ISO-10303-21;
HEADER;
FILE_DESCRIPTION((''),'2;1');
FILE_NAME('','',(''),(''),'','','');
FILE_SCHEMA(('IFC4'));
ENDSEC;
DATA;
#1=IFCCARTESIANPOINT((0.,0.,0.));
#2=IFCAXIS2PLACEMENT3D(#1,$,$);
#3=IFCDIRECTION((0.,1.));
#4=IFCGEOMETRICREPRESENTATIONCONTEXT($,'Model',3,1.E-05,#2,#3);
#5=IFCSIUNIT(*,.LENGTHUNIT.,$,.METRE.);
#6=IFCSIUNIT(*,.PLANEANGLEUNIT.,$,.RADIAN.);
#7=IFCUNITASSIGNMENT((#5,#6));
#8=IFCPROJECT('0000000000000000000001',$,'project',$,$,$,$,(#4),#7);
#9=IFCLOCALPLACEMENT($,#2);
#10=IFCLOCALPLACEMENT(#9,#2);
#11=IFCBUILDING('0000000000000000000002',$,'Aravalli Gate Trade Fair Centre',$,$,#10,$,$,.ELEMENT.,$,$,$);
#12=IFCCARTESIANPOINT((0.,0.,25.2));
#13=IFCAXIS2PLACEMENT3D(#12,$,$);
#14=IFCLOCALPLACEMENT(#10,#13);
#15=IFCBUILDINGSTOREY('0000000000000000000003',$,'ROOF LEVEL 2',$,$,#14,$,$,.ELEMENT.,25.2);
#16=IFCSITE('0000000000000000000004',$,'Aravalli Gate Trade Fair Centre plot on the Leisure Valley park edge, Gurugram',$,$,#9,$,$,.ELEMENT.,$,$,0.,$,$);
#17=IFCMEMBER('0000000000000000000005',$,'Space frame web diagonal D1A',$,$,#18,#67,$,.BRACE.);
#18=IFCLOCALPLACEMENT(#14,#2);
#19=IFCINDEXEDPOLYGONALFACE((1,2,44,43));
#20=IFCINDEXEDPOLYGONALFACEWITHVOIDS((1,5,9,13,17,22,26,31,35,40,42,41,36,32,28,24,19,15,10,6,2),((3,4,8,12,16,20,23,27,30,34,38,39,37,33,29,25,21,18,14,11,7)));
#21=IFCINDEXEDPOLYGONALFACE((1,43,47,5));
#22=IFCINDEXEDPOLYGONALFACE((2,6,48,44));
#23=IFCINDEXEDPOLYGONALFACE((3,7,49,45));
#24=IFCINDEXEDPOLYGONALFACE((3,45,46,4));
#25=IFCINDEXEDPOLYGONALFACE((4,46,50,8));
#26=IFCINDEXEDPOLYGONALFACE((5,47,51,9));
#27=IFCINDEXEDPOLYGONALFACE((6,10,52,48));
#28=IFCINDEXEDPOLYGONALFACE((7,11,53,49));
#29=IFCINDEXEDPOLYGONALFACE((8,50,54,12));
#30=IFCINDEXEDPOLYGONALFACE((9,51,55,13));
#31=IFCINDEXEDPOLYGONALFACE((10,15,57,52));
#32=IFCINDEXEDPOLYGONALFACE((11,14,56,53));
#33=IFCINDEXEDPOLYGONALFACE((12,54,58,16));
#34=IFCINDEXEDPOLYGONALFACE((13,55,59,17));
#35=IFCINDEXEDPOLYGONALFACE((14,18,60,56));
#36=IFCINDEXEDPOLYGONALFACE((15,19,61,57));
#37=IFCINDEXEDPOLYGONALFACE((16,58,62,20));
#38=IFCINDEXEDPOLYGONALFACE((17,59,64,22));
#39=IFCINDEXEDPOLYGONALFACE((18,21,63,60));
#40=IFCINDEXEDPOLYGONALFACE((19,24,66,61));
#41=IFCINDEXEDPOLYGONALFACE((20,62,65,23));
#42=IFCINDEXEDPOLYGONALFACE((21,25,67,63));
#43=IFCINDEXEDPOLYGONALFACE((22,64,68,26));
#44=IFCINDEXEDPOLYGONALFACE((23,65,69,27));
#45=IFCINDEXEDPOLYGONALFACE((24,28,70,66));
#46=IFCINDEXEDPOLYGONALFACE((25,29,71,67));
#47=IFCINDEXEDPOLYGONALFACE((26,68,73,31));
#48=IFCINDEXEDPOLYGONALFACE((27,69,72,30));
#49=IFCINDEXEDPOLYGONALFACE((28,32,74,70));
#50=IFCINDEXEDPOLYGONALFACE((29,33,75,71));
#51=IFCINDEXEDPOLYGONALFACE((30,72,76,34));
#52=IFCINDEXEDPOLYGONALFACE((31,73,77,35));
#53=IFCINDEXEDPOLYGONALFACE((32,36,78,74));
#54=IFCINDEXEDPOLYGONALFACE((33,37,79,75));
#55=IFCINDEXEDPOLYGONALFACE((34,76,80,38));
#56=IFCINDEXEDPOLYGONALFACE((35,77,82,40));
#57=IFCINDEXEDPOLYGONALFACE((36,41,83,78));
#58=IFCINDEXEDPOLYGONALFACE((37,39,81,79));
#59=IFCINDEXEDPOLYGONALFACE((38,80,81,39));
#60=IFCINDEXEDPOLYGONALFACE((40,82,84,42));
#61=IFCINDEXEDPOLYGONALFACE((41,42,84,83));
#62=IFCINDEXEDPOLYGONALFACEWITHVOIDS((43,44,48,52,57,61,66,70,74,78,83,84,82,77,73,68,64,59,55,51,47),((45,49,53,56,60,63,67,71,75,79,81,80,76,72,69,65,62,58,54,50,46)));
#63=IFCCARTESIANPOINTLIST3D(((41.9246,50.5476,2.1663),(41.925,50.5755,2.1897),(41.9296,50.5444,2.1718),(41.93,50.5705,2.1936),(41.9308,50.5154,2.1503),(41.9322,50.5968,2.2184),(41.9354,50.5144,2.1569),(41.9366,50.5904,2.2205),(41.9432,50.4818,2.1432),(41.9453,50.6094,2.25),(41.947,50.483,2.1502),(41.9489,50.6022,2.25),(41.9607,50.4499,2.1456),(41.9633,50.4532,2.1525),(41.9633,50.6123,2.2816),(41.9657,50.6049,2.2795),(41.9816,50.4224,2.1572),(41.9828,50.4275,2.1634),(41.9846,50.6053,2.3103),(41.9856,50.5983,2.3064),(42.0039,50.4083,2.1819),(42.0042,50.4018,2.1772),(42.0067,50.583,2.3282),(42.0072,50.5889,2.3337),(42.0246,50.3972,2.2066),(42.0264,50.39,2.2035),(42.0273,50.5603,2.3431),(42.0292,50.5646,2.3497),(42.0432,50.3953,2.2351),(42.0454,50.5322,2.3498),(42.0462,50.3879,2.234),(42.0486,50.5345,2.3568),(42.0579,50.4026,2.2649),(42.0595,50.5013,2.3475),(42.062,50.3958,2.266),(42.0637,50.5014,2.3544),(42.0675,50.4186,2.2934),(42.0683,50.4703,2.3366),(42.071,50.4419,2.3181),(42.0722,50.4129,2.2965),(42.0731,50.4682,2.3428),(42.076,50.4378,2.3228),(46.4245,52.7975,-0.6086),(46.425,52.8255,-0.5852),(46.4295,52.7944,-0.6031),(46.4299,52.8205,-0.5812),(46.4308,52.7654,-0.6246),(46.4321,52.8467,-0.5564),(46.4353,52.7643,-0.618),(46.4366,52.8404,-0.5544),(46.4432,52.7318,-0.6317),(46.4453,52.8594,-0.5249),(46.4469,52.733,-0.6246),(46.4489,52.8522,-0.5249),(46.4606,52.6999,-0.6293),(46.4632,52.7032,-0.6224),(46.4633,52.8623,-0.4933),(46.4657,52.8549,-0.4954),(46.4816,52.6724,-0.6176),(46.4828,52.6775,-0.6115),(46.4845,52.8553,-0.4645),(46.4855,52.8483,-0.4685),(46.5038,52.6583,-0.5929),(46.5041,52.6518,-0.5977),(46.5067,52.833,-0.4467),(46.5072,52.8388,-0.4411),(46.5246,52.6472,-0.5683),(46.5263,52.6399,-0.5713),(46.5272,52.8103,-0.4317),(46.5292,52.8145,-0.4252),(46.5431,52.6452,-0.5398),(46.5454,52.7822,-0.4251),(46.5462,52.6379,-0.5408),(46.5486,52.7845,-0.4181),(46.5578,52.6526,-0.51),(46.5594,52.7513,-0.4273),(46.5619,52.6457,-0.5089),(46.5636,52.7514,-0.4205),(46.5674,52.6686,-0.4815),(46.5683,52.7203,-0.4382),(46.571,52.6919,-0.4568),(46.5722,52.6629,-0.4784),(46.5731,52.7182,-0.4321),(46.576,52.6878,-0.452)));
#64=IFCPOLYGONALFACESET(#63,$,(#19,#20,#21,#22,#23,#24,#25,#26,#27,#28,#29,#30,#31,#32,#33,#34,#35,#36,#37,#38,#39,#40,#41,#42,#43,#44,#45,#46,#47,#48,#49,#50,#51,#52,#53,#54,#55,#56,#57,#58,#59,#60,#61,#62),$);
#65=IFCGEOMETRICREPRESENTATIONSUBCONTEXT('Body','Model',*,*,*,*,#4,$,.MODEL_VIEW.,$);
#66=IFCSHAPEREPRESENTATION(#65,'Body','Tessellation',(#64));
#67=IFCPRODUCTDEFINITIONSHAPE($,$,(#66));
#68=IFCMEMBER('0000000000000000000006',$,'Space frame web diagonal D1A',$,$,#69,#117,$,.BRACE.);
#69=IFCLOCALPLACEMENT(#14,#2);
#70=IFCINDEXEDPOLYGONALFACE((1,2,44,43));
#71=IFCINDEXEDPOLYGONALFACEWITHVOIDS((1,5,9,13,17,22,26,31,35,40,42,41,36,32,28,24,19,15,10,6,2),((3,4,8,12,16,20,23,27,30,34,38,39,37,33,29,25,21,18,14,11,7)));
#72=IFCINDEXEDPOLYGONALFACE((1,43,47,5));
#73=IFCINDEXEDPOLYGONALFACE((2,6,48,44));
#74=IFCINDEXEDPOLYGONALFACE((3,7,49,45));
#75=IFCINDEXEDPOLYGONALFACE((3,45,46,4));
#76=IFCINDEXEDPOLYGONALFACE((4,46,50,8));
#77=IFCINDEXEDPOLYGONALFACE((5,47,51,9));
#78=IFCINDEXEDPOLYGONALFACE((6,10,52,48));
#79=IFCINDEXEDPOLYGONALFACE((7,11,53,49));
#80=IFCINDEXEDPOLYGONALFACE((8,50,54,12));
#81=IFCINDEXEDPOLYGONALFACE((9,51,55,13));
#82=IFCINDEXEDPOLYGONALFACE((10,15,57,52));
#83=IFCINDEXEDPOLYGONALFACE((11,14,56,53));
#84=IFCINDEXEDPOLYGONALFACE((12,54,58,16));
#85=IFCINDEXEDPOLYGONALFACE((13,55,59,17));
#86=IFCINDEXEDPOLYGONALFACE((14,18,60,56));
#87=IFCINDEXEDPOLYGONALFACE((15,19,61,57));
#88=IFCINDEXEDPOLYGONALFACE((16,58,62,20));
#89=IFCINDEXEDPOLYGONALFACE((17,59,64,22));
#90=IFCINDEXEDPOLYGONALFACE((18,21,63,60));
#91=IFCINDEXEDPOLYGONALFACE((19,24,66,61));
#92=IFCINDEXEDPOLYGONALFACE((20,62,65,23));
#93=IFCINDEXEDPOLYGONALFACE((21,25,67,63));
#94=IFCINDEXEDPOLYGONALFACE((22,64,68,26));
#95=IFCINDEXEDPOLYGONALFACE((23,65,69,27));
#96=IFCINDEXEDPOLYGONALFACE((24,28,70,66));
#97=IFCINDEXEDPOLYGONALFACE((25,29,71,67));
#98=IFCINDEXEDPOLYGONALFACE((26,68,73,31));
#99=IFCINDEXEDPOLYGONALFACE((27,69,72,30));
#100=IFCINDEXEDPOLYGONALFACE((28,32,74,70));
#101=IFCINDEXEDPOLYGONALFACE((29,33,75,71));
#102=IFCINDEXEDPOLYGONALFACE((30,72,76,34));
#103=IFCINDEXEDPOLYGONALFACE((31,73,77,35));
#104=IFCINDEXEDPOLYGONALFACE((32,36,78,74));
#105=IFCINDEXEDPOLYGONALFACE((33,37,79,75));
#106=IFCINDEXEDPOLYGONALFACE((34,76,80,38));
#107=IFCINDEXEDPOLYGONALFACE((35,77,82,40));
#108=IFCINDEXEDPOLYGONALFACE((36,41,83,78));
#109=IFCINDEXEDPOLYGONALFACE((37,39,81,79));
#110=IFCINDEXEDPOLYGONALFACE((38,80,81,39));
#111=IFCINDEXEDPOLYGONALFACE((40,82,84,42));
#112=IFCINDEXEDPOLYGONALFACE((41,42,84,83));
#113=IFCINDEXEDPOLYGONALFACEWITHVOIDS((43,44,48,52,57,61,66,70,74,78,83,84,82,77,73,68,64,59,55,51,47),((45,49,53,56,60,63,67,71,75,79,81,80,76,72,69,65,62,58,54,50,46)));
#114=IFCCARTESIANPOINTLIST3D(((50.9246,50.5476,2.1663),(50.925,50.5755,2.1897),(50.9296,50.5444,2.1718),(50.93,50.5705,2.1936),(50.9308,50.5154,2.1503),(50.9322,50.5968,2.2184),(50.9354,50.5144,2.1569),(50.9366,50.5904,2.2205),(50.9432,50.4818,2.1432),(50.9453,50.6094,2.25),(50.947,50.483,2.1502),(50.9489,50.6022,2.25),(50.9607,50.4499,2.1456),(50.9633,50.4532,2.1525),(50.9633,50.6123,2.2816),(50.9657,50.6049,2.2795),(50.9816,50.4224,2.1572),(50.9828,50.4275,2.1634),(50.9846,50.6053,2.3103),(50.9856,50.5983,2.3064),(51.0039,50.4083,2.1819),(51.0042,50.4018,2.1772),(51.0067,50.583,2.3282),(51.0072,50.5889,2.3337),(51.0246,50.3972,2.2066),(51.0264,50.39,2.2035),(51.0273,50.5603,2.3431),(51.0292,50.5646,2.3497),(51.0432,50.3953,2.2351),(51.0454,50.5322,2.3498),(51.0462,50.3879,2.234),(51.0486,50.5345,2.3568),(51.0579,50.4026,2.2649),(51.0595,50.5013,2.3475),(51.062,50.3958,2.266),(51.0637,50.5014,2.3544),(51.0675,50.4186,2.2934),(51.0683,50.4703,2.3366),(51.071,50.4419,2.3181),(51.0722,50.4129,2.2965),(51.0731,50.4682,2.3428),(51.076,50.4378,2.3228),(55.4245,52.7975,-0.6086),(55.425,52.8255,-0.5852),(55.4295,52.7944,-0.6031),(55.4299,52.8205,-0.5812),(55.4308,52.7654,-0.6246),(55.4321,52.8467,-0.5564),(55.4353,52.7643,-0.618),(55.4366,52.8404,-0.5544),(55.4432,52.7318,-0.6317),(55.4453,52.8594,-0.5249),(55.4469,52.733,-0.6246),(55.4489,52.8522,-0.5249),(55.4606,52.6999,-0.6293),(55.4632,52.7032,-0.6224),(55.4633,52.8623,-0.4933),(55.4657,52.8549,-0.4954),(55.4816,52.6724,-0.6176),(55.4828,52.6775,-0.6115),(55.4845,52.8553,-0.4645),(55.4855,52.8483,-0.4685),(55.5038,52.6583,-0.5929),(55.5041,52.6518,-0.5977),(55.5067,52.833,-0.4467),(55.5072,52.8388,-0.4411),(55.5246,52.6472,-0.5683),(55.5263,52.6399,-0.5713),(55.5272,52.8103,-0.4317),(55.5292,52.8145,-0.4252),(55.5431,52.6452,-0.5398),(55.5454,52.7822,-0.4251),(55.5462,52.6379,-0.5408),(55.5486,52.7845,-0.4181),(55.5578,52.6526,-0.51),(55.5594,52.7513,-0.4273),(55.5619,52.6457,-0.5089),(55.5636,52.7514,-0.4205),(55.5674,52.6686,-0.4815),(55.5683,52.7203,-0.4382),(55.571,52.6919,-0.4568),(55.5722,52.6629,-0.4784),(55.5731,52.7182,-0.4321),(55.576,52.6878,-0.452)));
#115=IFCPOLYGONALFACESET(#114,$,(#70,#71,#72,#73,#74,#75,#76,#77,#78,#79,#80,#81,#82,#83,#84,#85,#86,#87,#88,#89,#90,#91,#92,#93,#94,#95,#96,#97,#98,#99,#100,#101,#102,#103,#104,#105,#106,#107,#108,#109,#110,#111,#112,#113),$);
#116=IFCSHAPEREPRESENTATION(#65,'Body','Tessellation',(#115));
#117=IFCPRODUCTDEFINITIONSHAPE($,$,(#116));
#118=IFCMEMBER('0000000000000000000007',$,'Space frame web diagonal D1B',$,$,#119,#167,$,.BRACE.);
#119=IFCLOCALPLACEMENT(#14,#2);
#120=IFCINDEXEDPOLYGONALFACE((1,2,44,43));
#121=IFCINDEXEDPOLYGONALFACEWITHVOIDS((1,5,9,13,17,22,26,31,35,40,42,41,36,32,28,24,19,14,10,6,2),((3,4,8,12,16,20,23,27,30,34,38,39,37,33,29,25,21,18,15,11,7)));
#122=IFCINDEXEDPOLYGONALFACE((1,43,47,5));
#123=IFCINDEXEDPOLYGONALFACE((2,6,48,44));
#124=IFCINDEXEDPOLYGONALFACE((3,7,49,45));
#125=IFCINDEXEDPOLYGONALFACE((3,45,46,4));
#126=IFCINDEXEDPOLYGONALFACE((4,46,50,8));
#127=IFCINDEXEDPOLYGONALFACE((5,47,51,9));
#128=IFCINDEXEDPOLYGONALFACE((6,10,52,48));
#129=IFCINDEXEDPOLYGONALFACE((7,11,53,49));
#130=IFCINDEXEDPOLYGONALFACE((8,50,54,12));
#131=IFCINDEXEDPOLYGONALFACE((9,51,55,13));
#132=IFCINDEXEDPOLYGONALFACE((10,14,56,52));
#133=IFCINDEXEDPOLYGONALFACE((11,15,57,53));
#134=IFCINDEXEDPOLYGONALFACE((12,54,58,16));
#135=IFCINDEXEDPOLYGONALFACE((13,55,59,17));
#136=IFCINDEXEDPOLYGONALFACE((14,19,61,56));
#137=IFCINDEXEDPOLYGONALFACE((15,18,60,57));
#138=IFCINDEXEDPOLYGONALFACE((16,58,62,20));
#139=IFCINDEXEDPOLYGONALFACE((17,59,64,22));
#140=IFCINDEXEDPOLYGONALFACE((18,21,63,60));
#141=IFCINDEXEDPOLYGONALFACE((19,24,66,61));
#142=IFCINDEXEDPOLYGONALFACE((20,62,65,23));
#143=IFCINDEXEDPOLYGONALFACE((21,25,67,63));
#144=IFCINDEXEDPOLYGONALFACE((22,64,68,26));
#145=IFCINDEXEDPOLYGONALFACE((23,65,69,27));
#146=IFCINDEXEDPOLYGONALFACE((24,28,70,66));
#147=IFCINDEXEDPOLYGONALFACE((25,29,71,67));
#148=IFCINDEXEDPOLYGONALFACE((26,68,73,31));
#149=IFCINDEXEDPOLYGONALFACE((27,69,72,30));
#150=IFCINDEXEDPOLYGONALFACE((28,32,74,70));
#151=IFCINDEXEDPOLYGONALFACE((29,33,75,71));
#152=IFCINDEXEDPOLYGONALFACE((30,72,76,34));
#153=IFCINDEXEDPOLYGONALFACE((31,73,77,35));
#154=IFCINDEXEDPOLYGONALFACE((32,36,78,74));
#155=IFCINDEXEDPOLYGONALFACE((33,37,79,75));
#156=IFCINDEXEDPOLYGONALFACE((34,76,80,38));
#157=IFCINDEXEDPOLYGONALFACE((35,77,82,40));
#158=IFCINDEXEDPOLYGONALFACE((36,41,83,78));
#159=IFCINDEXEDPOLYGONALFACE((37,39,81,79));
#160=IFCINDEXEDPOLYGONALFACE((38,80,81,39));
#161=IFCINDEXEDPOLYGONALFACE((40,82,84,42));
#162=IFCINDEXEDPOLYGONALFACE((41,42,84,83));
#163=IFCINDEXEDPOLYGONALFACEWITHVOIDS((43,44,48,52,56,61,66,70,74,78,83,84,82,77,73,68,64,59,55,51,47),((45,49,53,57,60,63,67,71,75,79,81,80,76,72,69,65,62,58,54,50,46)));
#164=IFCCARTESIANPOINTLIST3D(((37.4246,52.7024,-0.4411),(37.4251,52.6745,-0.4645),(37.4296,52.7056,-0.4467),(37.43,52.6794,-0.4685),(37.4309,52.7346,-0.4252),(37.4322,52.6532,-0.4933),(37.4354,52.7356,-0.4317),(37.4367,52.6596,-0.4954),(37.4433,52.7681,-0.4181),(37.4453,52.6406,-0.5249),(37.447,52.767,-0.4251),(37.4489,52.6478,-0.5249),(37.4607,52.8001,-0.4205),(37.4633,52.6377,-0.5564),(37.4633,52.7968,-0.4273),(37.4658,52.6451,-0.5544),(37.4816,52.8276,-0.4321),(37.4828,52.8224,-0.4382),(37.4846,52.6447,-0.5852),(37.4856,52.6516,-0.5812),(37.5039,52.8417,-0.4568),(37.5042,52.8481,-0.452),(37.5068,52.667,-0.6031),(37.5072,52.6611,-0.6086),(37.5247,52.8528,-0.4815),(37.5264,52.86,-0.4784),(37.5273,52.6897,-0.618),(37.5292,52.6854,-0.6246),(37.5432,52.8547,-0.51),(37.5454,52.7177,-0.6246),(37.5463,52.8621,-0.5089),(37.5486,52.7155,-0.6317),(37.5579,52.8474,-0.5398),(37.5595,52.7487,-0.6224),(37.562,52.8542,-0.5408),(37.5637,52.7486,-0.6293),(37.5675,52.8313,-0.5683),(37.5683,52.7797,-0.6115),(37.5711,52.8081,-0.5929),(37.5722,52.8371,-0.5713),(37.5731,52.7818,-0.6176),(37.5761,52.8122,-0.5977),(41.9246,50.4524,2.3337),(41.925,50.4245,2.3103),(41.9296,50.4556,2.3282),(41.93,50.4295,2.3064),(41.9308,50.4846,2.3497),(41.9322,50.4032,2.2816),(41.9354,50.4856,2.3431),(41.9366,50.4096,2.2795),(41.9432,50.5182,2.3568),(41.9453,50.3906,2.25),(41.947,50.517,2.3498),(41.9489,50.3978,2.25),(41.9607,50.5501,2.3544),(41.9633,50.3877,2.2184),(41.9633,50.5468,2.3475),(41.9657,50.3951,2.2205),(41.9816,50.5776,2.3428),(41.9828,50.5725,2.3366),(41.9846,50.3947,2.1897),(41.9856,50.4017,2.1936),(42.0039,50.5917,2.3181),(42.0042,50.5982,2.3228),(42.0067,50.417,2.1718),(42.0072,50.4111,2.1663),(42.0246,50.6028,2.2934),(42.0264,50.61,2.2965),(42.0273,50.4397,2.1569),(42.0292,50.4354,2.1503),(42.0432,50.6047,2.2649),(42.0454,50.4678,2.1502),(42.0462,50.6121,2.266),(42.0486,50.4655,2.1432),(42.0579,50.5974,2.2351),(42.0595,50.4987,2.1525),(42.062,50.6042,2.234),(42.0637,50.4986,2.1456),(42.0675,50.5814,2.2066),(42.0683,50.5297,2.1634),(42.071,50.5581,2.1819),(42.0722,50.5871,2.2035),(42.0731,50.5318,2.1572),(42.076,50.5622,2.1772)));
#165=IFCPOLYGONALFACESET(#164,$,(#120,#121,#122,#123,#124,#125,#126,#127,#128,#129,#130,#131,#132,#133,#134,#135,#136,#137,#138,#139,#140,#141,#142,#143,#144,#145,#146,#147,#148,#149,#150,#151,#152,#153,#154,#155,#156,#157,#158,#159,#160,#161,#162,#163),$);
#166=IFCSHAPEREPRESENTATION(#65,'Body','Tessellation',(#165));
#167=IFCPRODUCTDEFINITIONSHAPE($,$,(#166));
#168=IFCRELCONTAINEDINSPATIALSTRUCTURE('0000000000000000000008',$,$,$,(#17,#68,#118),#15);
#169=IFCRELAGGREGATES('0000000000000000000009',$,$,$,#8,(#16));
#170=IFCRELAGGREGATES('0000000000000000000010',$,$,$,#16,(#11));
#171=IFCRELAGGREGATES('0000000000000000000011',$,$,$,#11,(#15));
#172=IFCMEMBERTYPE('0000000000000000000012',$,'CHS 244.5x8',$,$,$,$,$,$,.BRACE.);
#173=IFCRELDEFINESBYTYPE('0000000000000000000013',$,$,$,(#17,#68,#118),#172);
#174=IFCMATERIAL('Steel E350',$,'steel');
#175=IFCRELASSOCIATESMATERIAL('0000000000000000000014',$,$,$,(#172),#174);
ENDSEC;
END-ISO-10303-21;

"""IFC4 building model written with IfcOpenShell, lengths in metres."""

from ifc_helpers import new_model, si_unit, direction, frame, origin, origin_2d, place, context, subcontext, project, spatial, hollow_circle, extrude, material, material_profile, profile_set, type_object, element, save


model = new_model("IFC4")

# Units and contexts
model_context = context("Model", 3, precision=1e-05, world=origin(), true_north=direction((0.0, 1.0)))
body_context = subcontext(model_context, "Body", "Model", "MODEL_VIEW")
ifc_project = project(units=[si_unit("LENGTHUNIT", "METRE"), si_unit("PLANEANGLEUNIT", "RADIAN")], contexts=[model_context])

# Site, building, storey
site_placement = place(None, origin())
site = spatial("IfcSite", under=ifc_project, at=site_placement, Name="Aravalli Gate Trade Fair Centre plot on the Leisure Valley park edge, Gurugram", CompositionType="ELEMENT", RefElevation=0.0)
building_placement = place(site_placement, origin())
building = spatial("IfcBuilding", under=site, at=building_placement, Name="Aravalli Gate Trade Fair Centre", CompositionType="ELEMENT")
storey_placement = place(building_placement, frame((0.0, 0.0, 25.2)))
storey = spatial("IfcBuildingStorey", under=building, at=storey_placement, Name="ROOF LEVEL 2", CompositionType="ELEMENT", Elevation=25.2)

# Members
ifc_material_1 = material(Name="Steel E350", Category="steel")
ifc_material_profile_1 = material_profile(ifc_material_1, hollow_circle(Radius=0.1223, WallThickness=0.0081, at=origin_2d()), Name="CHS 244.5x8")
ifc_profile_set_1 = profile_set([ifc_material_profile_1], Name="Steel E350")
member_type_1 = type_object("IfcMemberType", Name="CHS 244.5x8", PredefinedType="BRACE", material=ifc_profile_set_1)
for number, where, z_axis, x_axis, name in (
    (1, (42.0, 50.5, 2.25), (0.7832, 0.3916, -0.482956), (-0.447214, 0.894427, 0.0), "Space frame web diagonal D1A"),
    (2, (51.0, 50.5, 2.25), (0.7832, 0.3916, -0.482956), (-0.447214, 0.894427, 0.0), "Space frame web diagonal D1A"),
    (3, (42.0, 50.5, 2.25), (-0.7832, 0.3916, -0.482956), (-0.447214, -0.894427, 0.0), "Space frame web diagonal D1B"),
):
    element("IfcMember", number, at=place(storey_placement, frame(where, z_axis=z_axis, x_axis=x_axis)), inside=storey, type_object=member_type_1, Name=name, PredefinedType="BRACE", context=body_context, shape_type="SweptSolid", body=[
        extrude(hollow_circle(Radius=0.1223, WallThickness=0.0081, at=origin_2d()), origin(), (0.0, 0.0, 1.0), 5.7456),
    ])

save(model, "model.ifc")
